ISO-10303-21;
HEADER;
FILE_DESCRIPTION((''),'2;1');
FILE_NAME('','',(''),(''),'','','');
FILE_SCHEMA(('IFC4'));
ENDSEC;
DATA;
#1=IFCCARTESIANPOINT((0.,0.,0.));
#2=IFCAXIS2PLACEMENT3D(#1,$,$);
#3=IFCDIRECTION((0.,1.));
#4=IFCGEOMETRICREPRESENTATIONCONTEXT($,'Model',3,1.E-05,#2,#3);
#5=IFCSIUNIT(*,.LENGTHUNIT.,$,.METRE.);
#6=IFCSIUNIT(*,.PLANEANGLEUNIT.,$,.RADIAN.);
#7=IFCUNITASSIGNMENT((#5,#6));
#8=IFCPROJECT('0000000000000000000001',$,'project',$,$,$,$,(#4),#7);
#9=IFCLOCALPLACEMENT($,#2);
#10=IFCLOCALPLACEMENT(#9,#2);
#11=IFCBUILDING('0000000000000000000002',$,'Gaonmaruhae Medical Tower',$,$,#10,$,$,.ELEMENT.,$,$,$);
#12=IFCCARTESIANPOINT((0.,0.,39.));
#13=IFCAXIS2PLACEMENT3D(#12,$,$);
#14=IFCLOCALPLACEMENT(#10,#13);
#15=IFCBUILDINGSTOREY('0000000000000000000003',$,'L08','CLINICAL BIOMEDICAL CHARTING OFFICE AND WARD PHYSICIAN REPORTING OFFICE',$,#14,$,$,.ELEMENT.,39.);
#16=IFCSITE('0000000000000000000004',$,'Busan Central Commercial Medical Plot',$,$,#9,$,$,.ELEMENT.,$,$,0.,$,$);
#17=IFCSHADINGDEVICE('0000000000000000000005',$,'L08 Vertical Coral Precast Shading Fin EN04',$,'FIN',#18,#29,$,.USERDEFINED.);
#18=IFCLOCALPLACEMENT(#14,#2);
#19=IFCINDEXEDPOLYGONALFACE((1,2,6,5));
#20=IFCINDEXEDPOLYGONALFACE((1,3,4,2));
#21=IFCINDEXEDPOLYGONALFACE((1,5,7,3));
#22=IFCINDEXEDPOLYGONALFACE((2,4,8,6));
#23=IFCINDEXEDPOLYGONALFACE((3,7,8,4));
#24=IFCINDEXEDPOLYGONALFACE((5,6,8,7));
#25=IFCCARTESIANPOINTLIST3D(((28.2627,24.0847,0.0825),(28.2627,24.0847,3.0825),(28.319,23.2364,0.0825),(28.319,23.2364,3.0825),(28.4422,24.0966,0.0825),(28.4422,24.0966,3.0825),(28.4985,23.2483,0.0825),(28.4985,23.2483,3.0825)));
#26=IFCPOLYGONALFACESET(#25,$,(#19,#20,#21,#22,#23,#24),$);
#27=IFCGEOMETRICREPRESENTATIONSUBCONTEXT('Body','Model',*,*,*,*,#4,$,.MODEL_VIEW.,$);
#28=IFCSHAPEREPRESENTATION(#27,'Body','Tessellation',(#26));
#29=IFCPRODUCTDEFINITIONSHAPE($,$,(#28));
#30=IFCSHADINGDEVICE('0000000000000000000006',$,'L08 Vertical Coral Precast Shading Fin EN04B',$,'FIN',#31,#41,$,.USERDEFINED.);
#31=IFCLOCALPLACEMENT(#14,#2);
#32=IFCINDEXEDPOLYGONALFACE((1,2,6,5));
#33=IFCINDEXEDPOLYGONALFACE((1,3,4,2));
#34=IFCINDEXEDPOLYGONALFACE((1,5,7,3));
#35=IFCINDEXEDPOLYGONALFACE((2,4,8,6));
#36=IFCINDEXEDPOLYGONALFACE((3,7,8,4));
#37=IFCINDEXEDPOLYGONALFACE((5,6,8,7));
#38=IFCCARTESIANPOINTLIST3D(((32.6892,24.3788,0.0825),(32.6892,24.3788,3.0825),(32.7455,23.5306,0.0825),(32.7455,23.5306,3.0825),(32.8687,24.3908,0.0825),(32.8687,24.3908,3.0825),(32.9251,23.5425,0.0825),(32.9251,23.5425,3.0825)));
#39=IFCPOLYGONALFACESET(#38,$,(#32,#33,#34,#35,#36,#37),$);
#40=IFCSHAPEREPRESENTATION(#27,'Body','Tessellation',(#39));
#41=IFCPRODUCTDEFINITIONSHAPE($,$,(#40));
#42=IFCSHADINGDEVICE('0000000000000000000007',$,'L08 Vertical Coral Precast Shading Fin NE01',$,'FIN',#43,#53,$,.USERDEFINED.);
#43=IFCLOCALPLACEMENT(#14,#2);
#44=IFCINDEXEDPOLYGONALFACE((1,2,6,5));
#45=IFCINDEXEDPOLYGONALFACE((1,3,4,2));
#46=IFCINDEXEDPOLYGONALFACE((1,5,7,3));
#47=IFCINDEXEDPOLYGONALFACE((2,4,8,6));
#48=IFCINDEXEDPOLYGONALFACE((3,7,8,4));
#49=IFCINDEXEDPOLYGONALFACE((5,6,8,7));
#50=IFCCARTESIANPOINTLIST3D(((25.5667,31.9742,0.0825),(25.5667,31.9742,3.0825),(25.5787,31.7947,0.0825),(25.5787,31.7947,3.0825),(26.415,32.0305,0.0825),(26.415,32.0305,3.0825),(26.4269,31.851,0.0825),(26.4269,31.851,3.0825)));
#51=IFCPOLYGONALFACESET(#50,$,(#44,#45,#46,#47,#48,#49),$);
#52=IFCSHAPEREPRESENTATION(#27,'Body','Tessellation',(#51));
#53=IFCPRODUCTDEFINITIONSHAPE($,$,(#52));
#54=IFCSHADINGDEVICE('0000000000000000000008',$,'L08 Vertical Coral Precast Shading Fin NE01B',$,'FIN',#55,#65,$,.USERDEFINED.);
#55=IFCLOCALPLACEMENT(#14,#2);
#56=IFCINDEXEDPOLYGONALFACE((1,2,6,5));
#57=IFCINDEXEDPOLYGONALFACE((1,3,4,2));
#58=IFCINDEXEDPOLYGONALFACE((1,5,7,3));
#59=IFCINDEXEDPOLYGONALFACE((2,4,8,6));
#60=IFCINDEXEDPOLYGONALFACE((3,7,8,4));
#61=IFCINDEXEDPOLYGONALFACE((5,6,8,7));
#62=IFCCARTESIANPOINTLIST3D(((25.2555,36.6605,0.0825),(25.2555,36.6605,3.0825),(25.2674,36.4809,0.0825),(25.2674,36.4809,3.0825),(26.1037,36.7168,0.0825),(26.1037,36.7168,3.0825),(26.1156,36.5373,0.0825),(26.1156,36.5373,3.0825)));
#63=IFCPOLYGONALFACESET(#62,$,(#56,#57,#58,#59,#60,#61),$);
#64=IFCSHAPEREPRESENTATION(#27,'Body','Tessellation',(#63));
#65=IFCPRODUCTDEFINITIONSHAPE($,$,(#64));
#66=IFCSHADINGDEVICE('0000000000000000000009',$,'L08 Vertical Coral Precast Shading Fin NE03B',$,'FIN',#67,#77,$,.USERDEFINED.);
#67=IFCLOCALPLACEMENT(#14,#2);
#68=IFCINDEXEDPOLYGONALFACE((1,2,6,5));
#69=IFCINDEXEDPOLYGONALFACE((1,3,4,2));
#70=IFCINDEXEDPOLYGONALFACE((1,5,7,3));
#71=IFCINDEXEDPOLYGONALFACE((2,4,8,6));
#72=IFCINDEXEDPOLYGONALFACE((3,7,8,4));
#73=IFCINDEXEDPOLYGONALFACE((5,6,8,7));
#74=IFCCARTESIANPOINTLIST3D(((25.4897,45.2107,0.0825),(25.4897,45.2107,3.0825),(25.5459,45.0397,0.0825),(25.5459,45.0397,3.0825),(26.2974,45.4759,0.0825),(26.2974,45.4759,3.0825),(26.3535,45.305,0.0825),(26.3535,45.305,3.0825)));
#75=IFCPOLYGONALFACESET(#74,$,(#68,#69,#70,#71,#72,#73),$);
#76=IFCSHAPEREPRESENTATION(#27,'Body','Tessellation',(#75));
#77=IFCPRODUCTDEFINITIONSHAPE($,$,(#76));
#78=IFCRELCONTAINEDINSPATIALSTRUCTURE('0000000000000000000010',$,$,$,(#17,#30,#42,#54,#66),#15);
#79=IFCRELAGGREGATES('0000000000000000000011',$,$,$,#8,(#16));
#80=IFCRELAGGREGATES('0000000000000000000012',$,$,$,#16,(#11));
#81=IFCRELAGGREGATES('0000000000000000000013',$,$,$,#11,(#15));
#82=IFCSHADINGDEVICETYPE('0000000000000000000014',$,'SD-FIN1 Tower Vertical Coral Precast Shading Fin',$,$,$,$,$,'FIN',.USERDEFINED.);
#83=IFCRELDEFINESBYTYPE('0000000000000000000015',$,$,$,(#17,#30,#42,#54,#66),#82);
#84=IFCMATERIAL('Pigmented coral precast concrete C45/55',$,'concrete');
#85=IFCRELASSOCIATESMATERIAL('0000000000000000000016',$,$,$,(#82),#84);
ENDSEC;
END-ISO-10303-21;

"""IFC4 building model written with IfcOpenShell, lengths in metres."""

from ifc_helpers import new_model, si_unit, direction, frame, origin, origin_2d, place, context, subcontext, project, spatial, rectangle, extrude, material, type_object, element, save


model = new_model("IFC4")

# Units and contexts
model_context = context("Model", 3, precision=1e-05, world=origin(), true_north=direction((0.0, 1.0)))
body_context = subcontext(model_context, "Body", "Model", "MODEL_VIEW")
ifc_project = project(units=[si_unit("LENGTHUNIT", "METRE"), si_unit("PLANEANGLEUNIT", "RADIAN")], contexts=[model_context])

# Site, building, storey
site_placement = place(None, origin())
site = spatial("IfcSite", under=ifc_project, at=site_placement, Name="Busan Central Commercial Medical Plot", CompositionType="ELEMENT", RefElevation=0.0)
building_placement = place(site_placement, origin())
building = spatial("IfcBuilding", under=site, at=building_placement, Name="Gaonmaruhae Medical Tower", CompositionType="ELEMENT")
storey_placement = place(building_placement, frame((0.0, 0.0, 39.0)))
storey = spatial("IfcBuildingStorey", under=building, at=storey_placement, Name="L08", Description="CLINICAL BIOMEDICAL CHARTING OFFICE AND WARD PHYSICIAN REPORTING OFFICE", CompositionType="ELEMENT", Elevation=39.0)

# Shading devices
ifc_material_1 = material(Name="Pigmented coral precast concrete C45/55", Category="concrete")
shading_device_type = type_object("IfcShadingDeviceType", Name="SD-FIN1 Tower Vertical Coral Precast Shading Fin", ElementType="FIN", PredefinedType="USERDEFINED", material=ifc_material_1)
for number, where, z_axis, x_axis, name in (
    (1, (28.3806, 23.6665, 0.0825), (0.0, 0.0, 1.0), (0.997803, 0.066256, 0.0), "L08 Vertical Coral Precast Shading Fin EN04"),
    (2, (32.8071, 23.9607, 0.0825), (0.0, 0.0, 1.0), (0.997803, 0.066256, 0.0), "L08 Vertical Coral Precast Shading Fin EN04B"),
    (3, (25.9968, 31.9126, 0.0825), (0.0, 0.0, 1.0), (-0.066274, 0.997801, 0.0), "L08 Vertical Coral Precast Shading Fin NE01"),
    (4, (25.6855, 36.5989, 0.0825), (0.0, 0.0, 1.0), (-0.066274, 0.997801, 0.0), "L08 Vertical Coral Precast Shading Fin NE01B"),
    (5, (25.9216, 45.2578, 0.0825), (0.0, 0.0, 1.0), (0.312036, -0.95007, 0.0), "L08 Vertical Coral Precast Shading Fin NE03B"),
):
    element("IfcShadingDevice", number, at=place(storey_placement, frame(where, z_axis=z_axis, x_axis=x_axis)), inside=storey, type_object=shading_device_type, Name=name, ObjectType="FIN", PredefinedType="USERDEFINED", context=body_context, shape_type="SweptSolid", body=[
        extrude(rectangle(XDim=0.1799, YDim=0.8501, at=origin_2d()), origin(), (0.0, 0.0, 1.0), 3.0),
    ])

save(model, "model.ifc")
